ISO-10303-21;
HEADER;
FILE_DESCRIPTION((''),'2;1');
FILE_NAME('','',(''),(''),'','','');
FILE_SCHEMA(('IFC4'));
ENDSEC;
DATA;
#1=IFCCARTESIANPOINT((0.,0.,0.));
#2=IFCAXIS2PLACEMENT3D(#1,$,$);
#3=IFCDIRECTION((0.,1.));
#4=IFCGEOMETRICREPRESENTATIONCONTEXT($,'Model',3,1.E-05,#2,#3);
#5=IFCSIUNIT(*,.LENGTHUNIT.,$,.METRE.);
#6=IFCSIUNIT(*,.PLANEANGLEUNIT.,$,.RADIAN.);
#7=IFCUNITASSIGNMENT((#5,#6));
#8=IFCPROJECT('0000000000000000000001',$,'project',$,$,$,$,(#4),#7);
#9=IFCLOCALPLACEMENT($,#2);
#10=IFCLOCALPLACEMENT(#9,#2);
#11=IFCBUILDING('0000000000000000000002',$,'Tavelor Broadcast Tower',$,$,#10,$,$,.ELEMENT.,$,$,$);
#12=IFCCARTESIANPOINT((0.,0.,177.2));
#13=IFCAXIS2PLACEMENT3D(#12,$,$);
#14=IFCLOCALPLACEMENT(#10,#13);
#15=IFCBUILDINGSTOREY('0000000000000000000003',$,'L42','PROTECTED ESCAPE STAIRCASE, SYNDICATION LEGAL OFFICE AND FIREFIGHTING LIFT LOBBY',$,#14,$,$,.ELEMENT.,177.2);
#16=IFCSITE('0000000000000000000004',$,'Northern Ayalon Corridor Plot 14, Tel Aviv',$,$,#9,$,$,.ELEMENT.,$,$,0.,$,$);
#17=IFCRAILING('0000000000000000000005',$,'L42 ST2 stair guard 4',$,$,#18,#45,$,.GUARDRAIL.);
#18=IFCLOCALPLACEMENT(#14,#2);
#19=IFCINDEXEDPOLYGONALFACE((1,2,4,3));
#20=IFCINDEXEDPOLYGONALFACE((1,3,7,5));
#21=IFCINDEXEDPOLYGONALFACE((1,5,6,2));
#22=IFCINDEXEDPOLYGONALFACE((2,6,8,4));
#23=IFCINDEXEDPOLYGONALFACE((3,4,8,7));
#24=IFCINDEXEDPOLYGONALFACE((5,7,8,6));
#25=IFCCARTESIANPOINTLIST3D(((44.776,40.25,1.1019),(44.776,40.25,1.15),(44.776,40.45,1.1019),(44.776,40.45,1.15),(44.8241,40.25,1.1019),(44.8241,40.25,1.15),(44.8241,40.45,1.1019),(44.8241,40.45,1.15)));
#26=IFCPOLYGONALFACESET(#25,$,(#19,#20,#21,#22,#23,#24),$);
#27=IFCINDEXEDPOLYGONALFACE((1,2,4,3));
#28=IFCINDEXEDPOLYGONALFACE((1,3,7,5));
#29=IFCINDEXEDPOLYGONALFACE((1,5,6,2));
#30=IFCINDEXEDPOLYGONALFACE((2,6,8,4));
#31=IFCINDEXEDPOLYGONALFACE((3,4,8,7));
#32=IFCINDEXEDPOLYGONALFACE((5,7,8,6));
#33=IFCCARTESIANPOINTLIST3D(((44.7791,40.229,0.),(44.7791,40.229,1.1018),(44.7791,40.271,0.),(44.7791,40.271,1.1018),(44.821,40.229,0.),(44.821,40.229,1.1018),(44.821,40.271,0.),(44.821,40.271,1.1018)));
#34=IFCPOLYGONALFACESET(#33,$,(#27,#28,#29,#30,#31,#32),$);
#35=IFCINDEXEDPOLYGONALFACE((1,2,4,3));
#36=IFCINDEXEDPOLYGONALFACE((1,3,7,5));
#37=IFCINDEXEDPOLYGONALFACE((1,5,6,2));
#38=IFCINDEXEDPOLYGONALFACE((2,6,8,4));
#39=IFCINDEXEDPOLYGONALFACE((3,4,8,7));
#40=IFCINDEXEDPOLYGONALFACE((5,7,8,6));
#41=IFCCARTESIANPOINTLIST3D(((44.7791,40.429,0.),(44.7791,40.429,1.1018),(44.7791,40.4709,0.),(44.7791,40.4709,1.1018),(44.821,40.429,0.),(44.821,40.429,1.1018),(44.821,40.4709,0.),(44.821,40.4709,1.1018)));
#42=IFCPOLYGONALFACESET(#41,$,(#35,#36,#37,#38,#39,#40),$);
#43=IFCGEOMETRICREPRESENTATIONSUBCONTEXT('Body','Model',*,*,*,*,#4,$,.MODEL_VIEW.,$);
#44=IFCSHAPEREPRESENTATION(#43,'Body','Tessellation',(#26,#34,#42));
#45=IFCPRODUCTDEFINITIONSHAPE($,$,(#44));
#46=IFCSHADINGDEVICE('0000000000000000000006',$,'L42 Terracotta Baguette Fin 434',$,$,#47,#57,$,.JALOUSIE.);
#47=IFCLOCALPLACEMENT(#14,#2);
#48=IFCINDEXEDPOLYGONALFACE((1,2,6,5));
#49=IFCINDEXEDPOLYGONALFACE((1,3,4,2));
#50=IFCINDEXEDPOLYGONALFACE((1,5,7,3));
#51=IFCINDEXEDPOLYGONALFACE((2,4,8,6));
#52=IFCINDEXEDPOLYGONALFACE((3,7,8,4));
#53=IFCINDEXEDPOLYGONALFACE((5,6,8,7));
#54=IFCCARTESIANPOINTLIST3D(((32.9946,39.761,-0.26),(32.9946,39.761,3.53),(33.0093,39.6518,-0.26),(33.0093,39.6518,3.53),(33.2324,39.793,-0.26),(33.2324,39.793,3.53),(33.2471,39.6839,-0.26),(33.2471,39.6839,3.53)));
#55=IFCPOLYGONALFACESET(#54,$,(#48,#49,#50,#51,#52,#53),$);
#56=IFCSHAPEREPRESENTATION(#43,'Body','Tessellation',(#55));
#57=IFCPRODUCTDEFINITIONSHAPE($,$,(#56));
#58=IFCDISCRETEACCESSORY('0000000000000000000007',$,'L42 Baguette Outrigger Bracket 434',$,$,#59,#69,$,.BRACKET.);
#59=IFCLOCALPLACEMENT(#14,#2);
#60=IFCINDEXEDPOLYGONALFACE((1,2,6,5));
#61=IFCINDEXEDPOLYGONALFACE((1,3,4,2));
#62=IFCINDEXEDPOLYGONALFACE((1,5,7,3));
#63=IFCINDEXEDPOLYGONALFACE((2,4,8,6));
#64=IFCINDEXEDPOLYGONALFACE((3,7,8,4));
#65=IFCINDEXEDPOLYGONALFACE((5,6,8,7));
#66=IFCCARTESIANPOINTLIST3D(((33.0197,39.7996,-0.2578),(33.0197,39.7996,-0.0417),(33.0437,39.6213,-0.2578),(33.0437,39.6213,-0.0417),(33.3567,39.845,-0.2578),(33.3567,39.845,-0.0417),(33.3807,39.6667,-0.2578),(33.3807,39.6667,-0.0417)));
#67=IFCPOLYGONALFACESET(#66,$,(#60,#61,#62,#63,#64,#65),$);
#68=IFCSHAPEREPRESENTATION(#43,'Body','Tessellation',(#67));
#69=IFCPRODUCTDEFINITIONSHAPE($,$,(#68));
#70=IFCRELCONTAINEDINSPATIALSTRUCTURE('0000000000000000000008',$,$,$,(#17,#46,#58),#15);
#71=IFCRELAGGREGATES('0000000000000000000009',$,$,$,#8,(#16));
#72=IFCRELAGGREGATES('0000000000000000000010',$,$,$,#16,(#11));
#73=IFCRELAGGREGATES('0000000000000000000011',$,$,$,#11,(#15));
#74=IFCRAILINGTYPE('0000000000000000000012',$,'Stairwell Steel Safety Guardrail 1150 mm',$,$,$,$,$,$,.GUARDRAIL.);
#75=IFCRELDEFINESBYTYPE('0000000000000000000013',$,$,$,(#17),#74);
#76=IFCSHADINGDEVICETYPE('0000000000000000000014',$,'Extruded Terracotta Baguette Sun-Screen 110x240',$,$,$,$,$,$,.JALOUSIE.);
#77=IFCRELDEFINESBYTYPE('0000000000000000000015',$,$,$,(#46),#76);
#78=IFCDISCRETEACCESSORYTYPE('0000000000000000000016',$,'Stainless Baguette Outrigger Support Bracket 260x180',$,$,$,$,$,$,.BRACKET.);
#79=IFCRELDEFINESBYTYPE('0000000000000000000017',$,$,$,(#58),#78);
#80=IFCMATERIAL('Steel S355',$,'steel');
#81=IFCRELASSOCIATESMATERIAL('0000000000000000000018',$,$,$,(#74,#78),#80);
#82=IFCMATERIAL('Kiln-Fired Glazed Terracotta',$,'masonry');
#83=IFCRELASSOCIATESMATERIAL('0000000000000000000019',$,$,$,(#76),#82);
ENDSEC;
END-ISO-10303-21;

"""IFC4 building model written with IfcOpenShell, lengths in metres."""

from ifc_helpers import new_model, si_unit, direction, frame, origin, origin_2d, place, context, subcontext, project, spatial, rectangle, extrude, source, transform, mapped, material, type_object, type_shapes, element, save


model = new_model("IFC4")

# Units and contexts
model_context = context("Model", 3, precision=1e-05, world=origin(), true_north=direction((0.0, 1.0)))
body_context = subcontext(model_context, "Body", "Model", "MODEL_VIEW")
ifc_project = project(units=[si_unit("LENGTHUNIT", "METRE"), si_unit("PLANEANGLEUNIT", "RADIAN")], contexts=[model_context])

# Site, building, storey
site_placement = place(None, origin())
site = spatial("IfcSite", under=ifc_project, at=site_placement, Name="Northern Ayalon Corridor Plot 14, Tel Aviv", CompositionType="ELEMENT", RefElevation=0.0)
building_placement = place(site_placement, origin())
building = spatial("IfcBuilding", under=site, at=building_placement, Name="Tavelor Broadcast Tower", CompositionType="ELEMENT")
storey_placement = place(building_placement, frame((0.0, 0.0, 177.2)))
storey = spatial("IfcBuildingStorey", under=building, at=storey_placement, Name="L42", Description="PROTECTED ESCAPE STAIRCASE, SYNDICATION LEGAL OFFICE AND FIREFIGHTING LIFT LOBBY", CompositionType="ELEMENT", Elevation=177.2)

# Shared definitions
ifc_material_1 = material(Name="Steel S355", Category="steel")

# Railing
railing_type = type_object("IfcRailingType", Name="Stairwell Steel Safety Guardrail 1150 mm", PredefinedType="GUARDRAIL", material=ifc_material_1)
railing_placement = place(storey_placement, frame((44.8, 40.25, 0.0)))
element("IfcRailing", 1, at=railing_placement, inside=storey, type_object=railing_type, Name="L42 ST2 stair guard 4", PredefinedType="GUARDRAIL", context=body_context, shape_type="SweptSolid", body=[
    extrude(rectangle(XDim=0.0481, YDim=0.0481, at=origin_2d()), frame((0.0, 0.0, 1.126), z_axis=(0.0, 1.0, 0.0), x_axis=(-1.0, 0.0, 0.0)), (0.0, 0.0, 1.0), 0.2),
    extrude(rectangle(XDim=0.042, YDim=0.042, at=origin_2d()), origin(), (0.0, 0.0, 1.0), 1.1018),
    extrude(rectangle(XDim=0.042, YDim=0.042, at=origin_2d()), frame((0.0, 0.2, 0.0)), (0.0, 0.0, 1.0), 1.1018),
])

# Shading device
ifc_material_2 = material(Name="Kiln-Fired Glazed Terracotta", Category="masonry")
shading_device_type = type_object("IfcShadingDeviceType", Name="Extruded Terracotta Baguette Sun-Screen 110x240", PredefinedType="JALOUSIE", material=ifc_material_2)
shared_shape_1 = source(origin(), body_context, "Body", "SweptSolid", [
    extrude(rectangle(XDim=0.1101, YDim=0.24, at=origin_2d()), origin(), (0.0, 0.0, 1.0), 3.79),
])
type_shapes(shading_device_type, [shared_shape_1])
shading_device_placement = place(storey_placement, frame((33.1208, 39.7224, -0.26), z_axis=(0.0, 0.0, 1.0), x_axis=(0.133467, -0.991053, 0.0)))
element("IfcShadingDevice", 2, at=shading_device_placement, inside=storey, type_object=shading_device_type, Name="L42 Terracotta Baguette Fin 434", PredefinedType="JALOUSIE", context=body_context, shape_type="MappedRepresentation", body=[
    mapped(shared_shape_1, transform((0.0, 0.0, 0.0), scale=1.0)),
])

# Discrete accessory
discrete_accessory_type = type_object("IfcDiscreteAccessoryType", Name="Stainless Baguette Outrigger Support Bracket 260x180", PredefinedType="BRACKET", material=ifc_material_1)
shared_shape_2 = source(origin(), body_context, "Body", "SweptSolid", [
    extrude(rectangle(XDim=0.1799, YDim=0.3401, at=origin_2d()), origin(), (0.0, 0.0, 1.0), 0.2161),
])
type_shapes(discrete_accessory_type, [shared_shape_2])
discrete_accessory_placement = place(storey_placement, frame((33.2002, 39.7332, -0.2578), z_axis=(0.0, 0.0, 1.0), x_axis=(0.133467, -0.991053, 0.0)))
element("IfcDiscreteAccessory", 3, at=discrete_accessory_placement, inside=storey, type_object=discrete_accessory_type, Name="L42 Baguette Outrigger Bracket 434", PredefinedType="BRACKET", context=body_context, shape_type="MappedRepresentation", body=[
    mapped(shared_shape_2, transform((0.0, 0.0, 0.0), scale=1.0)),
])

save(model, "model.ifc")
